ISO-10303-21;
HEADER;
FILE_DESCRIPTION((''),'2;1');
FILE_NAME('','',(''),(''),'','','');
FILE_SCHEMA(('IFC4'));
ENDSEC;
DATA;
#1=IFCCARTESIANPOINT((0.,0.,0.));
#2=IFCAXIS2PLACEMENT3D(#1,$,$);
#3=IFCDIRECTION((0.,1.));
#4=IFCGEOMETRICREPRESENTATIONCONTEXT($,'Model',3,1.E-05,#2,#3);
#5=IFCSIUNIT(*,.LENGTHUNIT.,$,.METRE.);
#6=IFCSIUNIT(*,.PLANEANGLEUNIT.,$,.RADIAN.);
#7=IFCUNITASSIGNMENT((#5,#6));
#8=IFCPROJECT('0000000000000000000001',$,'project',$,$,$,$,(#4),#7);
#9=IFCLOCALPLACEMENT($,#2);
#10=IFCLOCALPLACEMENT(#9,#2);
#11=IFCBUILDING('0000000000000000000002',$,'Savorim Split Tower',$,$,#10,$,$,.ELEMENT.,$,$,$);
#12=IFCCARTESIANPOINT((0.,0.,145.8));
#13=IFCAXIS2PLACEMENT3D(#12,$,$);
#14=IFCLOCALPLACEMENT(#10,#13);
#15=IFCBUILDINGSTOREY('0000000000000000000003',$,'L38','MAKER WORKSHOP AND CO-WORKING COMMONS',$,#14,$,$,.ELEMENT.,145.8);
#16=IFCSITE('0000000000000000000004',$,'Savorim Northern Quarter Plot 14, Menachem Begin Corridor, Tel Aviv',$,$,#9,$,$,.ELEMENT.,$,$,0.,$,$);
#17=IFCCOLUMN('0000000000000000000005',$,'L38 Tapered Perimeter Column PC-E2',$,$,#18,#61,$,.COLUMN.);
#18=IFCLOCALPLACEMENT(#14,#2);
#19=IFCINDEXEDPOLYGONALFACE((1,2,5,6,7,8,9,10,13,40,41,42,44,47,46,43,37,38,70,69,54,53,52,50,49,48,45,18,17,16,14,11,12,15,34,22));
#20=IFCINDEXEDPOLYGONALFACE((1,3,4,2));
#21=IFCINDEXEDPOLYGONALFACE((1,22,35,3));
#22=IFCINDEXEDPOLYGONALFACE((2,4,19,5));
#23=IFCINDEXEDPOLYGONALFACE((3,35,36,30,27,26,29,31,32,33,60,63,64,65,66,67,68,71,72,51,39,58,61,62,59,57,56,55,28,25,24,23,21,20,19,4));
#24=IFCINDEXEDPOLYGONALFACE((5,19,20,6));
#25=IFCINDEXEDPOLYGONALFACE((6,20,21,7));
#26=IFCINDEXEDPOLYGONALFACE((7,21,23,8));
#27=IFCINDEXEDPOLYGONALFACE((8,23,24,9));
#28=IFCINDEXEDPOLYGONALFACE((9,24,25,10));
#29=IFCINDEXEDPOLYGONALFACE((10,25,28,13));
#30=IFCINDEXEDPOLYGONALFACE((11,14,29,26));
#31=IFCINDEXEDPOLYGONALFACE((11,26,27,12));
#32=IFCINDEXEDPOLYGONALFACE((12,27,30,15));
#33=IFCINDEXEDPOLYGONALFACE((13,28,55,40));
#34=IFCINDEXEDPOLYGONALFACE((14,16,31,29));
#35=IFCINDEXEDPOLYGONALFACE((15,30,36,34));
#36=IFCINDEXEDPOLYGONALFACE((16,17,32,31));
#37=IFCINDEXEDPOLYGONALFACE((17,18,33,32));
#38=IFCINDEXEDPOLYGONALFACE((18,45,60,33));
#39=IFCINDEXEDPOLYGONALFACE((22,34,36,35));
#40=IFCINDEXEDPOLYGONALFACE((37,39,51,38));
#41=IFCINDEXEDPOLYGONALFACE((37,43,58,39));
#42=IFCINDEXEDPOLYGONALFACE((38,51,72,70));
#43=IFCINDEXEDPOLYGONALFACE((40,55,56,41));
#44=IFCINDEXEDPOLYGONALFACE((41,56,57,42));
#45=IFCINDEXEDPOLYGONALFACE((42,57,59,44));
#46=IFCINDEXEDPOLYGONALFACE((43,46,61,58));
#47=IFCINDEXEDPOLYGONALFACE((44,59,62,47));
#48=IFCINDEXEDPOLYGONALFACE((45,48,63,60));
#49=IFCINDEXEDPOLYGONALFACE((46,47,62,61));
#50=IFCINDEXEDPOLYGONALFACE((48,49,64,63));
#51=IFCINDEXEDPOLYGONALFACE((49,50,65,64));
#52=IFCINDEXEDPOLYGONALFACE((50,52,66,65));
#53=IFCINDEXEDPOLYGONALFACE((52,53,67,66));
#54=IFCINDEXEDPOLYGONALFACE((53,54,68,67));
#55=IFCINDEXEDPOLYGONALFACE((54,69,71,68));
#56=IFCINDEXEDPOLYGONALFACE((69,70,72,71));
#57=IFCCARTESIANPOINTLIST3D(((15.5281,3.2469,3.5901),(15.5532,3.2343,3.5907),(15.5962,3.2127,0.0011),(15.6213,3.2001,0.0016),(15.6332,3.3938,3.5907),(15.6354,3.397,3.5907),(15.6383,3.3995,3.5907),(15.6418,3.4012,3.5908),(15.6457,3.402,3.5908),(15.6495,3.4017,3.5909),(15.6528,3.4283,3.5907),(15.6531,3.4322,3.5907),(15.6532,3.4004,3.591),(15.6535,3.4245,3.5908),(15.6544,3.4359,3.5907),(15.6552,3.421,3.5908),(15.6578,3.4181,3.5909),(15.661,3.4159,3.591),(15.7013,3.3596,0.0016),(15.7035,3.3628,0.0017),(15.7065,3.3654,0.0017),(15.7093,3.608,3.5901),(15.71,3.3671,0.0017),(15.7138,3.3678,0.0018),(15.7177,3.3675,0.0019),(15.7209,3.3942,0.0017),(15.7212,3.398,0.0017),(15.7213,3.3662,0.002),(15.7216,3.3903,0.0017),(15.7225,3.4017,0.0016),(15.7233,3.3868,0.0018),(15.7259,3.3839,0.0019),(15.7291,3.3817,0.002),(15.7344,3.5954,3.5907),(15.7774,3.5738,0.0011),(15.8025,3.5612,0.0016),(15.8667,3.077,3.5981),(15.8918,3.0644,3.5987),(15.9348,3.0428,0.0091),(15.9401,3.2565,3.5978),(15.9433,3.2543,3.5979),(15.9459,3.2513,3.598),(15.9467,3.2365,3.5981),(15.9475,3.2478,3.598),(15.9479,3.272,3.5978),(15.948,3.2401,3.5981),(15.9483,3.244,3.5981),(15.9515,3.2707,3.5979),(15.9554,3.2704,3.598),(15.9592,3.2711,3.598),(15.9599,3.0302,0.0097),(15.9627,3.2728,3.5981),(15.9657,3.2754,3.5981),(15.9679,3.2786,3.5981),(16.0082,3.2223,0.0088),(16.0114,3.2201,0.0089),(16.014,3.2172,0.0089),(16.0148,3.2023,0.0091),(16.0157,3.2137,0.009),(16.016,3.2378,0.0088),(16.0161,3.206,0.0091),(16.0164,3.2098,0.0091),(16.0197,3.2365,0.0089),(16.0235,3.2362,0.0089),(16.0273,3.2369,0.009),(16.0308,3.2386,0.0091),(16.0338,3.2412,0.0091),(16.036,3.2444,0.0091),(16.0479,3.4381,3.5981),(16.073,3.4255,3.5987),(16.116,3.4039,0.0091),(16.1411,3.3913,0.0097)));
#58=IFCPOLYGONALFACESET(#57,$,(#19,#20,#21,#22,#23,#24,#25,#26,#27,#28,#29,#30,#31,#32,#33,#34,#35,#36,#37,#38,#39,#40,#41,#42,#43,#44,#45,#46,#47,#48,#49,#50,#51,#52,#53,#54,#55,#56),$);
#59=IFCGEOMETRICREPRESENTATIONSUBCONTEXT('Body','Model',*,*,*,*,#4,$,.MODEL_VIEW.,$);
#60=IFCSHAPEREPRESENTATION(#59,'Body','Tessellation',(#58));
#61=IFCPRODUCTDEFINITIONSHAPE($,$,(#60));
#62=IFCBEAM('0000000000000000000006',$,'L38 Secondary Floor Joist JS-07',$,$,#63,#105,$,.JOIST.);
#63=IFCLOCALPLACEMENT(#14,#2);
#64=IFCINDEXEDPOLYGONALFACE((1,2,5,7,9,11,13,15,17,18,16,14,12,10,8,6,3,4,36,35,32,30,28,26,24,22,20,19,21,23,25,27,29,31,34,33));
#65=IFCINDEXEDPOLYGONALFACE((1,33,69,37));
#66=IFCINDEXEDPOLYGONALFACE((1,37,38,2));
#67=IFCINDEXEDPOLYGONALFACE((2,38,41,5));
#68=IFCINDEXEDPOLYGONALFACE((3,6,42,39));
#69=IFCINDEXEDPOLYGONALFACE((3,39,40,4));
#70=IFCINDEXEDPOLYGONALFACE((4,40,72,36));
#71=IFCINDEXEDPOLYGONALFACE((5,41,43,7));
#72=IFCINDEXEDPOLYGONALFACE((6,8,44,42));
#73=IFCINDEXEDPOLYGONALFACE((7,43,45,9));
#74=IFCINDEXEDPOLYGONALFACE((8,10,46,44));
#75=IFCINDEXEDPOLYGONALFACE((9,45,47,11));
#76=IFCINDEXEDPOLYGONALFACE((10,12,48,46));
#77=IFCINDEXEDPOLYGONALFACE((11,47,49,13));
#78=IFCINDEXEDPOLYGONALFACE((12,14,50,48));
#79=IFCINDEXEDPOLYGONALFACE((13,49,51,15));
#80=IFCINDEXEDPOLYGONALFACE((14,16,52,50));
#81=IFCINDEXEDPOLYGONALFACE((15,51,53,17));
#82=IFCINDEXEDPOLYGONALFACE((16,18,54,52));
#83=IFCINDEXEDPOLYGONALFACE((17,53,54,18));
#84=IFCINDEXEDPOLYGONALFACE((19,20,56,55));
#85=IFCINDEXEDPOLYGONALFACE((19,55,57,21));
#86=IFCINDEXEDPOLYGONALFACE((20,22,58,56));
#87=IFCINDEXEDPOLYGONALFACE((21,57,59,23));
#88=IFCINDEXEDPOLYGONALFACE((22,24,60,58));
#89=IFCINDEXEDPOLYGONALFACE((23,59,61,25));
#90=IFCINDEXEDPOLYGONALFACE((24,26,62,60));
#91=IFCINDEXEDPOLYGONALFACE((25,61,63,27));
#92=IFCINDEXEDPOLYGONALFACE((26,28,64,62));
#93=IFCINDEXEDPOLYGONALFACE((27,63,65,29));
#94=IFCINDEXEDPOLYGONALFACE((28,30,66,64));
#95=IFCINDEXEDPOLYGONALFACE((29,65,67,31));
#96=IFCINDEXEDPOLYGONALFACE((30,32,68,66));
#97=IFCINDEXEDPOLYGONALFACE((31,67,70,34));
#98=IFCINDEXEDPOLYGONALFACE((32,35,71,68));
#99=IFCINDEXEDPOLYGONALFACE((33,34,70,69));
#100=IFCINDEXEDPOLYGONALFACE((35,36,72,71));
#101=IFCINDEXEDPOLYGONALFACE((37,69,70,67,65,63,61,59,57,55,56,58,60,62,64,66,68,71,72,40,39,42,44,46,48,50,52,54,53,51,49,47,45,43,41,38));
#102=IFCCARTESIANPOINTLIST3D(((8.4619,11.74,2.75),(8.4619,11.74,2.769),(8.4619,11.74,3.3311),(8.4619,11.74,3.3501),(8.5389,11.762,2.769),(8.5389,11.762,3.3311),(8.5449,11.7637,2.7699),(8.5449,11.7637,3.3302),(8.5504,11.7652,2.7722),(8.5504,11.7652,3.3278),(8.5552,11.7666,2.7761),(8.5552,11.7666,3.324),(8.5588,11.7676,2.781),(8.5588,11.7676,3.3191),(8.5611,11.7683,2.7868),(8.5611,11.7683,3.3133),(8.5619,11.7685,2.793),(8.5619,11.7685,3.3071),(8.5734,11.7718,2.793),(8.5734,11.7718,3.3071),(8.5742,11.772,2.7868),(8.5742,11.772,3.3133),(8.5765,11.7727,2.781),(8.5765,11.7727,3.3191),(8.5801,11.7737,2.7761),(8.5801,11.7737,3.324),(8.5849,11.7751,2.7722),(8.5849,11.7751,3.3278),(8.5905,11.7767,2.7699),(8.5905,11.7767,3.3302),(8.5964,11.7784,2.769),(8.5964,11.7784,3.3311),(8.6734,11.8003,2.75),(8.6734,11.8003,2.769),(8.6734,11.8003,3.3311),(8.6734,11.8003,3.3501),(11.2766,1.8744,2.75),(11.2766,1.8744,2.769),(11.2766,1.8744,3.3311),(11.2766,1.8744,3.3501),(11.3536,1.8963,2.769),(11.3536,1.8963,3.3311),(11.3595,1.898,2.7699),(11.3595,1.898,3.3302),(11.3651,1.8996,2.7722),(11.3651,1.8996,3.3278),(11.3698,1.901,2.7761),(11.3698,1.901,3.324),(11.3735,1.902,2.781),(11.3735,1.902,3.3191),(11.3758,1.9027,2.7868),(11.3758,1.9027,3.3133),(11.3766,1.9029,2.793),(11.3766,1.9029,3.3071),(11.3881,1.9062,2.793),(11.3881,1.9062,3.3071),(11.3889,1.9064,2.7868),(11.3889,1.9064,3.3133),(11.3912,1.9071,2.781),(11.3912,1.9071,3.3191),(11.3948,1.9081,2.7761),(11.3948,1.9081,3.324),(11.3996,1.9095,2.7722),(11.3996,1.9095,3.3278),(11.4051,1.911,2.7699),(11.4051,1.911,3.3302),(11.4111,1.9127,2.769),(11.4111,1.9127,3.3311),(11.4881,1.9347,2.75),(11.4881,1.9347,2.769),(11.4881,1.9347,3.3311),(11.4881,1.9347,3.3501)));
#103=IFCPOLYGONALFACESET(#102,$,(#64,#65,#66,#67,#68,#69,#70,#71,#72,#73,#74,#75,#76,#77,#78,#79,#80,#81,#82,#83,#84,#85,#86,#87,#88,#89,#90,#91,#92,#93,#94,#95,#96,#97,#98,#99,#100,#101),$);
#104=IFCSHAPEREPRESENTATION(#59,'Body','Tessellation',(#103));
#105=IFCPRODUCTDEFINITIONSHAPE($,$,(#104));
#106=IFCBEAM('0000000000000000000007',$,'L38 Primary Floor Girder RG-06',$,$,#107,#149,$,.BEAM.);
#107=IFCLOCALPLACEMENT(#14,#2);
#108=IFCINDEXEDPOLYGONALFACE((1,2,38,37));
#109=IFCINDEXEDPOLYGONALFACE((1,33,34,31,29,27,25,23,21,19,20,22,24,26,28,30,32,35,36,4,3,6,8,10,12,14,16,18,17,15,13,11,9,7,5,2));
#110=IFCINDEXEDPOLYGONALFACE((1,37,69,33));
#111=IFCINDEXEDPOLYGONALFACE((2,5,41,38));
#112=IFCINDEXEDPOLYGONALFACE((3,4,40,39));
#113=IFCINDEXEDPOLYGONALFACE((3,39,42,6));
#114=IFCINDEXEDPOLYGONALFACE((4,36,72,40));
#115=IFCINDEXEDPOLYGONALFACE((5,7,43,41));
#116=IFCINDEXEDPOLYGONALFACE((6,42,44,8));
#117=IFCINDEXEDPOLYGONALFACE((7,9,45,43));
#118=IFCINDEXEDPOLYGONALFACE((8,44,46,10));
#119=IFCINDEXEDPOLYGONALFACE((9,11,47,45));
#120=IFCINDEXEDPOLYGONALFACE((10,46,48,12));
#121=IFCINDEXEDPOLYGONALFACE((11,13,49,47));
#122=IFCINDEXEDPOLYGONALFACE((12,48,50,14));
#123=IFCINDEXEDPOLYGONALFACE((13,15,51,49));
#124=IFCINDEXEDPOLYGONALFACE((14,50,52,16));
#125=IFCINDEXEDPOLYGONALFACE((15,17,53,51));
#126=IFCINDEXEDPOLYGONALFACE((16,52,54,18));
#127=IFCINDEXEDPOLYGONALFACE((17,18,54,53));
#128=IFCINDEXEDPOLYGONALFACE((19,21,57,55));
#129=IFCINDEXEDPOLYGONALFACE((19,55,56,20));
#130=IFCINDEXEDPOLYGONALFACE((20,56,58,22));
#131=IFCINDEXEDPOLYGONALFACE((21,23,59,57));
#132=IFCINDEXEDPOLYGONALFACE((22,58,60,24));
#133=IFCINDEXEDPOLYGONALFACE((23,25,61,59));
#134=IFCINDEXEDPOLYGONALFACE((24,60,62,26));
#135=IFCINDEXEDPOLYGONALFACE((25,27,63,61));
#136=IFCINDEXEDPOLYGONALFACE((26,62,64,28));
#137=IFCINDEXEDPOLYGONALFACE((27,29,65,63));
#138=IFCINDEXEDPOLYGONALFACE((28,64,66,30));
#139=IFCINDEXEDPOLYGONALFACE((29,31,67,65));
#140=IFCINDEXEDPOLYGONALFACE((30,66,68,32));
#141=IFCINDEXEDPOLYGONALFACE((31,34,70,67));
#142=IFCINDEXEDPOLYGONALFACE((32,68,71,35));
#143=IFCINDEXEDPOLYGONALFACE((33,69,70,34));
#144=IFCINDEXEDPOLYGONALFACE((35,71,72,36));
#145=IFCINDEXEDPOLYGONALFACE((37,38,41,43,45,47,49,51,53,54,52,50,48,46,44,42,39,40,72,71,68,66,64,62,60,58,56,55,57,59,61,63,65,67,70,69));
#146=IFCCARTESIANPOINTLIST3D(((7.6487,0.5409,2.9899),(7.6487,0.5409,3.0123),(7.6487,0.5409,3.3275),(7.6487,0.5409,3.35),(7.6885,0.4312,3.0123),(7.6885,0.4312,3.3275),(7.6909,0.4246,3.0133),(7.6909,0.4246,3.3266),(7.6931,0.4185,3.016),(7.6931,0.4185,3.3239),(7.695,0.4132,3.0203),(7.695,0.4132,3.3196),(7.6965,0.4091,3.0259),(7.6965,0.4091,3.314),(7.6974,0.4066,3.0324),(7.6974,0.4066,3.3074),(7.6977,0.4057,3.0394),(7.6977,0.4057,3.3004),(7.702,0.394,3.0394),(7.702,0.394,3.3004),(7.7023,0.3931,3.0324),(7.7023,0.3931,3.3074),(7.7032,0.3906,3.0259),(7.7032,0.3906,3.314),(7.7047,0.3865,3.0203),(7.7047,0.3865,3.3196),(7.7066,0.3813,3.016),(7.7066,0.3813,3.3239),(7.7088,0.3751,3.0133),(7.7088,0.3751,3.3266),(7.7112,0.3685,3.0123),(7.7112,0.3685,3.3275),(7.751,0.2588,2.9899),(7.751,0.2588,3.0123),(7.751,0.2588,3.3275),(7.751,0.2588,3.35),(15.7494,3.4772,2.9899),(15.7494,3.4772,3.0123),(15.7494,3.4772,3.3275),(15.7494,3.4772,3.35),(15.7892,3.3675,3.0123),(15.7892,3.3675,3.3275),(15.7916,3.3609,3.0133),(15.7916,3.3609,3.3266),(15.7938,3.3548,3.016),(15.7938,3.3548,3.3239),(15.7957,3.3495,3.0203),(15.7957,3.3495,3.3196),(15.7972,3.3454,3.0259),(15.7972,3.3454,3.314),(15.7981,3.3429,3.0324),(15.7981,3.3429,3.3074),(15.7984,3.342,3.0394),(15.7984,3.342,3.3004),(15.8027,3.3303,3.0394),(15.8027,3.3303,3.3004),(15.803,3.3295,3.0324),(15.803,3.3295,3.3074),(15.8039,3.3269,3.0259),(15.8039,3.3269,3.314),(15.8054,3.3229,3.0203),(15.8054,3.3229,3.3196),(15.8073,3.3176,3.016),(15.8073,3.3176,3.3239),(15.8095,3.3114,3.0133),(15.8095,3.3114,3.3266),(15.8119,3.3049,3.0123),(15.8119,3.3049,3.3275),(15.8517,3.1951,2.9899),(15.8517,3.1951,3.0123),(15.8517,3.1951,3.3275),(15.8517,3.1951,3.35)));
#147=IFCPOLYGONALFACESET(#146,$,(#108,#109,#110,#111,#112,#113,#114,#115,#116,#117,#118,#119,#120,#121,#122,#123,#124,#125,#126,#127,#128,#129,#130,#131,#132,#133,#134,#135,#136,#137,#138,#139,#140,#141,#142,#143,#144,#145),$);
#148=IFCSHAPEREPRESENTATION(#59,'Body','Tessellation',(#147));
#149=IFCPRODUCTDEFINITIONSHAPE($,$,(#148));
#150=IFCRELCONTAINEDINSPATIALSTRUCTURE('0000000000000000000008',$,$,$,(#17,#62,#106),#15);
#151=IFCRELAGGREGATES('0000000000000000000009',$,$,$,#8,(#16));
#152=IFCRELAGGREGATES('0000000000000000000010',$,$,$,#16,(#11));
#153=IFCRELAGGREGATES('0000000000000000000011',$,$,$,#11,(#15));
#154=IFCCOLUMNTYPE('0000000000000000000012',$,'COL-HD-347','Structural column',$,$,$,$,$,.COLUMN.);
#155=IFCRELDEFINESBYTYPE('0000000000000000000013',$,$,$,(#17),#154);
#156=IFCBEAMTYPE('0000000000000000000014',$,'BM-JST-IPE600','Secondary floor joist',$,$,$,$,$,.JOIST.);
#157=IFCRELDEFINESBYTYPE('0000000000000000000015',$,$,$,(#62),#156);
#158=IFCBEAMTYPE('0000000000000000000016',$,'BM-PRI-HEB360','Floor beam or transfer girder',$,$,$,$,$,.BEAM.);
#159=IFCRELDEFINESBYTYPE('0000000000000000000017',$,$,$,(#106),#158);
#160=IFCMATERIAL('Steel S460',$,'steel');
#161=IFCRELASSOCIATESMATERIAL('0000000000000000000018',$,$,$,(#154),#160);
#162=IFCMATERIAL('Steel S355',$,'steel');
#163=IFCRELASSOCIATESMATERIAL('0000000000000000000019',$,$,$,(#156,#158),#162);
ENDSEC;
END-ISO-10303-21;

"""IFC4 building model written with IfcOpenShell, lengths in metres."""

from ifc_helpers import new_model, si_unit, direction, frame, origin, origin_2d, place, context, subcontext, project, spatial, i_section, extrude, material, material_profile, profile_set, type_object, element, save


model = new_model("IFC4")

# Units and contexts
model_context = context("Model", 3, precision=1e-05, world=origin(), true_north=direction((0.0, 1.0)))
body_context = subcontext(model_context, "Body", "Model", "MODEL_VIEW")
ifc_project = project(units=[si_unit("LENGTHUNIT", "METRE"), si_unit("PLANEANGLEUNIT", "RADIAN")], contexts=[model_context])

# Site, building, storey
site_placement = place(None, origin())
site = spatial("IfcSite", under=ifc_project, at=site_placement, Name="Savorim Northern Quarter Plot 14, Menachem Begin Corridor, Tel Aviv", CompositionType="ELEMENT", RefElevation=0.0)
building_placement = place(site_placement, origin())
building = spatial("IfcBuilding", under=site, at=building_placement, Name="Savorim Split Tower", CompositionType="ELEMENT")
storey_placement = place(building_placement, frame((0.0, 0.0, 145.8)))
storey = spatial("IfcBuildingStorey", under=building, at=storey_placement, Name="L38", Description="MAKER WORKSHOP AND CO-WORKING COMMONS", CompositionType="ELEMENT", Elevation=145.8)

# Column
ifc_material_1 = material(Name="Steel S460", Category="steel")
ifc_material_profile_1 = material_profile(ifc_material_1, i_section(OverallWidth=0.4041, OverallDepth=0.407, WebThickness=0.0173, FlangeThickness=0.0281, FilletRadius=0.0149, at=origin_2d()), Name="HD 400x347")
ifc_profile_set_1 = profile_set([ifc_material_profile_1], Name="Steel S460")
column_type = type_object("IfcColumnType", Name="COL-HD-347", Description="Structural column", PredefinedType="COLUMN", material=ifc_profile_set_1)
column_placement = place(storey_placement, frame((15.8687, 3.302, 0.0054), z_axis=(-0.018974, 0.009521, 0.999775), x_axis=(-0.448495, -0.893786, 0.0)))
element("IfcColumn", 1, at=column_placement, inside=storey, type_object=column_type, Name="L38 Tapered Perimeter Column PC-E2", PredefinedType="COLUMN", context=body_context, shape_type="SweptSolid", body=[
    extrude(i_section(OverallWidth=0.4041, OverallDepth=0.407, WebThickness=0.0173, FlangeThickness=0.0281, FilletRadius=0.0149, at=origin_2d()), origin(), (0.0, 0.0, 1.0), 3.5898),
])

# Beams
ifc_material_2 = material(Name="Steel S355", Category="steel")
ifc_material_profile_2 = material_profile(ifc_material_2, i_section(OverallWidth=0.22, OverallDepth=0.6001, WebThickness=0.012, FlangeThickness=0.019, FilletRadius=0.0239, at=origin_2d()), Name="IPE 600")
ifc_profile_set_2 = profile_set([ifc_material_profile_2], Name="Steel S355")
beam_type_1 = type_object("IfcBeamType", Name="BM-JST-IPE600", Description="Secondary floor joist", PredefinedType="JOIST", material=ifc_profile_set_2)
beam_1_placement = place(storey_placement, frame((11.3823, 1.9045, 3.05), z_axis=(-0.274353, 0.961629, 0.0), x_axis=(-0.961629, -0.274353, 0.0)))
element("IfcBeam", 2, at=beam_1_placement, inside=storey, type_object=beam_type_1, Name="L38 Secondary Floor Joist JS-07", PredefinedType="JOIST", context=body_context, shape_type="SweptSolid", body=[
    extrude(i_section(OverallWidth=0.22, OverallDepth=0.6001, WebThickness=0.012, FlangeThickness=0.019, FilletRadius=0.0239, at=origin_2d()), origin(), (0.0, 0.0, 1.0), 10.2593),
])
ifc_material_profile_3 = material_profile(ifc_material_2, i_section(OverallWidth=0.3, OverallDepth=0.3601, WebThickness=0.0125, FlangeThickness=0.0225, FilletRadius=0.0271, at=origin_2d()), Name="HEB 360")
ifc_profile_set_3 = profile_set([ifc_material_profile_3], Name="Steel S355")
beam_type_2 = type_object("IfcBeamType", Name="BM-PRI-HEB360", Description="Floor beam or transfer girder", PredefinedType="BEAM", material=ifc_profile_set_3)
beam_2_placement = place(storey_placement, frame((15.8005, 3.3362, 3.1699), z_axis=(-0.940143, -0.340781, 0.0), x_axis=(0.340781, -0.940143, 0.0)))
element("IfcBeam", 3, at=beam_2_placement, inside=storey, type_object=beam_type_2, Name="L38 Primary Floor Girder RG-06", PredefinedType="BEAM", context=body_context, shape_type="SweptSolid", body=[
    extrude(i_section(OverallWidth=0.3, OverallDepth=0.3601, WebThickness=0.0125, FlangeThickness=0.0225, FilletRadius=0.0271, at=origin_2d()), origin(), (0.0, 0.0, 1.0), 8.6165),
])

save(model, "model.ifc")
